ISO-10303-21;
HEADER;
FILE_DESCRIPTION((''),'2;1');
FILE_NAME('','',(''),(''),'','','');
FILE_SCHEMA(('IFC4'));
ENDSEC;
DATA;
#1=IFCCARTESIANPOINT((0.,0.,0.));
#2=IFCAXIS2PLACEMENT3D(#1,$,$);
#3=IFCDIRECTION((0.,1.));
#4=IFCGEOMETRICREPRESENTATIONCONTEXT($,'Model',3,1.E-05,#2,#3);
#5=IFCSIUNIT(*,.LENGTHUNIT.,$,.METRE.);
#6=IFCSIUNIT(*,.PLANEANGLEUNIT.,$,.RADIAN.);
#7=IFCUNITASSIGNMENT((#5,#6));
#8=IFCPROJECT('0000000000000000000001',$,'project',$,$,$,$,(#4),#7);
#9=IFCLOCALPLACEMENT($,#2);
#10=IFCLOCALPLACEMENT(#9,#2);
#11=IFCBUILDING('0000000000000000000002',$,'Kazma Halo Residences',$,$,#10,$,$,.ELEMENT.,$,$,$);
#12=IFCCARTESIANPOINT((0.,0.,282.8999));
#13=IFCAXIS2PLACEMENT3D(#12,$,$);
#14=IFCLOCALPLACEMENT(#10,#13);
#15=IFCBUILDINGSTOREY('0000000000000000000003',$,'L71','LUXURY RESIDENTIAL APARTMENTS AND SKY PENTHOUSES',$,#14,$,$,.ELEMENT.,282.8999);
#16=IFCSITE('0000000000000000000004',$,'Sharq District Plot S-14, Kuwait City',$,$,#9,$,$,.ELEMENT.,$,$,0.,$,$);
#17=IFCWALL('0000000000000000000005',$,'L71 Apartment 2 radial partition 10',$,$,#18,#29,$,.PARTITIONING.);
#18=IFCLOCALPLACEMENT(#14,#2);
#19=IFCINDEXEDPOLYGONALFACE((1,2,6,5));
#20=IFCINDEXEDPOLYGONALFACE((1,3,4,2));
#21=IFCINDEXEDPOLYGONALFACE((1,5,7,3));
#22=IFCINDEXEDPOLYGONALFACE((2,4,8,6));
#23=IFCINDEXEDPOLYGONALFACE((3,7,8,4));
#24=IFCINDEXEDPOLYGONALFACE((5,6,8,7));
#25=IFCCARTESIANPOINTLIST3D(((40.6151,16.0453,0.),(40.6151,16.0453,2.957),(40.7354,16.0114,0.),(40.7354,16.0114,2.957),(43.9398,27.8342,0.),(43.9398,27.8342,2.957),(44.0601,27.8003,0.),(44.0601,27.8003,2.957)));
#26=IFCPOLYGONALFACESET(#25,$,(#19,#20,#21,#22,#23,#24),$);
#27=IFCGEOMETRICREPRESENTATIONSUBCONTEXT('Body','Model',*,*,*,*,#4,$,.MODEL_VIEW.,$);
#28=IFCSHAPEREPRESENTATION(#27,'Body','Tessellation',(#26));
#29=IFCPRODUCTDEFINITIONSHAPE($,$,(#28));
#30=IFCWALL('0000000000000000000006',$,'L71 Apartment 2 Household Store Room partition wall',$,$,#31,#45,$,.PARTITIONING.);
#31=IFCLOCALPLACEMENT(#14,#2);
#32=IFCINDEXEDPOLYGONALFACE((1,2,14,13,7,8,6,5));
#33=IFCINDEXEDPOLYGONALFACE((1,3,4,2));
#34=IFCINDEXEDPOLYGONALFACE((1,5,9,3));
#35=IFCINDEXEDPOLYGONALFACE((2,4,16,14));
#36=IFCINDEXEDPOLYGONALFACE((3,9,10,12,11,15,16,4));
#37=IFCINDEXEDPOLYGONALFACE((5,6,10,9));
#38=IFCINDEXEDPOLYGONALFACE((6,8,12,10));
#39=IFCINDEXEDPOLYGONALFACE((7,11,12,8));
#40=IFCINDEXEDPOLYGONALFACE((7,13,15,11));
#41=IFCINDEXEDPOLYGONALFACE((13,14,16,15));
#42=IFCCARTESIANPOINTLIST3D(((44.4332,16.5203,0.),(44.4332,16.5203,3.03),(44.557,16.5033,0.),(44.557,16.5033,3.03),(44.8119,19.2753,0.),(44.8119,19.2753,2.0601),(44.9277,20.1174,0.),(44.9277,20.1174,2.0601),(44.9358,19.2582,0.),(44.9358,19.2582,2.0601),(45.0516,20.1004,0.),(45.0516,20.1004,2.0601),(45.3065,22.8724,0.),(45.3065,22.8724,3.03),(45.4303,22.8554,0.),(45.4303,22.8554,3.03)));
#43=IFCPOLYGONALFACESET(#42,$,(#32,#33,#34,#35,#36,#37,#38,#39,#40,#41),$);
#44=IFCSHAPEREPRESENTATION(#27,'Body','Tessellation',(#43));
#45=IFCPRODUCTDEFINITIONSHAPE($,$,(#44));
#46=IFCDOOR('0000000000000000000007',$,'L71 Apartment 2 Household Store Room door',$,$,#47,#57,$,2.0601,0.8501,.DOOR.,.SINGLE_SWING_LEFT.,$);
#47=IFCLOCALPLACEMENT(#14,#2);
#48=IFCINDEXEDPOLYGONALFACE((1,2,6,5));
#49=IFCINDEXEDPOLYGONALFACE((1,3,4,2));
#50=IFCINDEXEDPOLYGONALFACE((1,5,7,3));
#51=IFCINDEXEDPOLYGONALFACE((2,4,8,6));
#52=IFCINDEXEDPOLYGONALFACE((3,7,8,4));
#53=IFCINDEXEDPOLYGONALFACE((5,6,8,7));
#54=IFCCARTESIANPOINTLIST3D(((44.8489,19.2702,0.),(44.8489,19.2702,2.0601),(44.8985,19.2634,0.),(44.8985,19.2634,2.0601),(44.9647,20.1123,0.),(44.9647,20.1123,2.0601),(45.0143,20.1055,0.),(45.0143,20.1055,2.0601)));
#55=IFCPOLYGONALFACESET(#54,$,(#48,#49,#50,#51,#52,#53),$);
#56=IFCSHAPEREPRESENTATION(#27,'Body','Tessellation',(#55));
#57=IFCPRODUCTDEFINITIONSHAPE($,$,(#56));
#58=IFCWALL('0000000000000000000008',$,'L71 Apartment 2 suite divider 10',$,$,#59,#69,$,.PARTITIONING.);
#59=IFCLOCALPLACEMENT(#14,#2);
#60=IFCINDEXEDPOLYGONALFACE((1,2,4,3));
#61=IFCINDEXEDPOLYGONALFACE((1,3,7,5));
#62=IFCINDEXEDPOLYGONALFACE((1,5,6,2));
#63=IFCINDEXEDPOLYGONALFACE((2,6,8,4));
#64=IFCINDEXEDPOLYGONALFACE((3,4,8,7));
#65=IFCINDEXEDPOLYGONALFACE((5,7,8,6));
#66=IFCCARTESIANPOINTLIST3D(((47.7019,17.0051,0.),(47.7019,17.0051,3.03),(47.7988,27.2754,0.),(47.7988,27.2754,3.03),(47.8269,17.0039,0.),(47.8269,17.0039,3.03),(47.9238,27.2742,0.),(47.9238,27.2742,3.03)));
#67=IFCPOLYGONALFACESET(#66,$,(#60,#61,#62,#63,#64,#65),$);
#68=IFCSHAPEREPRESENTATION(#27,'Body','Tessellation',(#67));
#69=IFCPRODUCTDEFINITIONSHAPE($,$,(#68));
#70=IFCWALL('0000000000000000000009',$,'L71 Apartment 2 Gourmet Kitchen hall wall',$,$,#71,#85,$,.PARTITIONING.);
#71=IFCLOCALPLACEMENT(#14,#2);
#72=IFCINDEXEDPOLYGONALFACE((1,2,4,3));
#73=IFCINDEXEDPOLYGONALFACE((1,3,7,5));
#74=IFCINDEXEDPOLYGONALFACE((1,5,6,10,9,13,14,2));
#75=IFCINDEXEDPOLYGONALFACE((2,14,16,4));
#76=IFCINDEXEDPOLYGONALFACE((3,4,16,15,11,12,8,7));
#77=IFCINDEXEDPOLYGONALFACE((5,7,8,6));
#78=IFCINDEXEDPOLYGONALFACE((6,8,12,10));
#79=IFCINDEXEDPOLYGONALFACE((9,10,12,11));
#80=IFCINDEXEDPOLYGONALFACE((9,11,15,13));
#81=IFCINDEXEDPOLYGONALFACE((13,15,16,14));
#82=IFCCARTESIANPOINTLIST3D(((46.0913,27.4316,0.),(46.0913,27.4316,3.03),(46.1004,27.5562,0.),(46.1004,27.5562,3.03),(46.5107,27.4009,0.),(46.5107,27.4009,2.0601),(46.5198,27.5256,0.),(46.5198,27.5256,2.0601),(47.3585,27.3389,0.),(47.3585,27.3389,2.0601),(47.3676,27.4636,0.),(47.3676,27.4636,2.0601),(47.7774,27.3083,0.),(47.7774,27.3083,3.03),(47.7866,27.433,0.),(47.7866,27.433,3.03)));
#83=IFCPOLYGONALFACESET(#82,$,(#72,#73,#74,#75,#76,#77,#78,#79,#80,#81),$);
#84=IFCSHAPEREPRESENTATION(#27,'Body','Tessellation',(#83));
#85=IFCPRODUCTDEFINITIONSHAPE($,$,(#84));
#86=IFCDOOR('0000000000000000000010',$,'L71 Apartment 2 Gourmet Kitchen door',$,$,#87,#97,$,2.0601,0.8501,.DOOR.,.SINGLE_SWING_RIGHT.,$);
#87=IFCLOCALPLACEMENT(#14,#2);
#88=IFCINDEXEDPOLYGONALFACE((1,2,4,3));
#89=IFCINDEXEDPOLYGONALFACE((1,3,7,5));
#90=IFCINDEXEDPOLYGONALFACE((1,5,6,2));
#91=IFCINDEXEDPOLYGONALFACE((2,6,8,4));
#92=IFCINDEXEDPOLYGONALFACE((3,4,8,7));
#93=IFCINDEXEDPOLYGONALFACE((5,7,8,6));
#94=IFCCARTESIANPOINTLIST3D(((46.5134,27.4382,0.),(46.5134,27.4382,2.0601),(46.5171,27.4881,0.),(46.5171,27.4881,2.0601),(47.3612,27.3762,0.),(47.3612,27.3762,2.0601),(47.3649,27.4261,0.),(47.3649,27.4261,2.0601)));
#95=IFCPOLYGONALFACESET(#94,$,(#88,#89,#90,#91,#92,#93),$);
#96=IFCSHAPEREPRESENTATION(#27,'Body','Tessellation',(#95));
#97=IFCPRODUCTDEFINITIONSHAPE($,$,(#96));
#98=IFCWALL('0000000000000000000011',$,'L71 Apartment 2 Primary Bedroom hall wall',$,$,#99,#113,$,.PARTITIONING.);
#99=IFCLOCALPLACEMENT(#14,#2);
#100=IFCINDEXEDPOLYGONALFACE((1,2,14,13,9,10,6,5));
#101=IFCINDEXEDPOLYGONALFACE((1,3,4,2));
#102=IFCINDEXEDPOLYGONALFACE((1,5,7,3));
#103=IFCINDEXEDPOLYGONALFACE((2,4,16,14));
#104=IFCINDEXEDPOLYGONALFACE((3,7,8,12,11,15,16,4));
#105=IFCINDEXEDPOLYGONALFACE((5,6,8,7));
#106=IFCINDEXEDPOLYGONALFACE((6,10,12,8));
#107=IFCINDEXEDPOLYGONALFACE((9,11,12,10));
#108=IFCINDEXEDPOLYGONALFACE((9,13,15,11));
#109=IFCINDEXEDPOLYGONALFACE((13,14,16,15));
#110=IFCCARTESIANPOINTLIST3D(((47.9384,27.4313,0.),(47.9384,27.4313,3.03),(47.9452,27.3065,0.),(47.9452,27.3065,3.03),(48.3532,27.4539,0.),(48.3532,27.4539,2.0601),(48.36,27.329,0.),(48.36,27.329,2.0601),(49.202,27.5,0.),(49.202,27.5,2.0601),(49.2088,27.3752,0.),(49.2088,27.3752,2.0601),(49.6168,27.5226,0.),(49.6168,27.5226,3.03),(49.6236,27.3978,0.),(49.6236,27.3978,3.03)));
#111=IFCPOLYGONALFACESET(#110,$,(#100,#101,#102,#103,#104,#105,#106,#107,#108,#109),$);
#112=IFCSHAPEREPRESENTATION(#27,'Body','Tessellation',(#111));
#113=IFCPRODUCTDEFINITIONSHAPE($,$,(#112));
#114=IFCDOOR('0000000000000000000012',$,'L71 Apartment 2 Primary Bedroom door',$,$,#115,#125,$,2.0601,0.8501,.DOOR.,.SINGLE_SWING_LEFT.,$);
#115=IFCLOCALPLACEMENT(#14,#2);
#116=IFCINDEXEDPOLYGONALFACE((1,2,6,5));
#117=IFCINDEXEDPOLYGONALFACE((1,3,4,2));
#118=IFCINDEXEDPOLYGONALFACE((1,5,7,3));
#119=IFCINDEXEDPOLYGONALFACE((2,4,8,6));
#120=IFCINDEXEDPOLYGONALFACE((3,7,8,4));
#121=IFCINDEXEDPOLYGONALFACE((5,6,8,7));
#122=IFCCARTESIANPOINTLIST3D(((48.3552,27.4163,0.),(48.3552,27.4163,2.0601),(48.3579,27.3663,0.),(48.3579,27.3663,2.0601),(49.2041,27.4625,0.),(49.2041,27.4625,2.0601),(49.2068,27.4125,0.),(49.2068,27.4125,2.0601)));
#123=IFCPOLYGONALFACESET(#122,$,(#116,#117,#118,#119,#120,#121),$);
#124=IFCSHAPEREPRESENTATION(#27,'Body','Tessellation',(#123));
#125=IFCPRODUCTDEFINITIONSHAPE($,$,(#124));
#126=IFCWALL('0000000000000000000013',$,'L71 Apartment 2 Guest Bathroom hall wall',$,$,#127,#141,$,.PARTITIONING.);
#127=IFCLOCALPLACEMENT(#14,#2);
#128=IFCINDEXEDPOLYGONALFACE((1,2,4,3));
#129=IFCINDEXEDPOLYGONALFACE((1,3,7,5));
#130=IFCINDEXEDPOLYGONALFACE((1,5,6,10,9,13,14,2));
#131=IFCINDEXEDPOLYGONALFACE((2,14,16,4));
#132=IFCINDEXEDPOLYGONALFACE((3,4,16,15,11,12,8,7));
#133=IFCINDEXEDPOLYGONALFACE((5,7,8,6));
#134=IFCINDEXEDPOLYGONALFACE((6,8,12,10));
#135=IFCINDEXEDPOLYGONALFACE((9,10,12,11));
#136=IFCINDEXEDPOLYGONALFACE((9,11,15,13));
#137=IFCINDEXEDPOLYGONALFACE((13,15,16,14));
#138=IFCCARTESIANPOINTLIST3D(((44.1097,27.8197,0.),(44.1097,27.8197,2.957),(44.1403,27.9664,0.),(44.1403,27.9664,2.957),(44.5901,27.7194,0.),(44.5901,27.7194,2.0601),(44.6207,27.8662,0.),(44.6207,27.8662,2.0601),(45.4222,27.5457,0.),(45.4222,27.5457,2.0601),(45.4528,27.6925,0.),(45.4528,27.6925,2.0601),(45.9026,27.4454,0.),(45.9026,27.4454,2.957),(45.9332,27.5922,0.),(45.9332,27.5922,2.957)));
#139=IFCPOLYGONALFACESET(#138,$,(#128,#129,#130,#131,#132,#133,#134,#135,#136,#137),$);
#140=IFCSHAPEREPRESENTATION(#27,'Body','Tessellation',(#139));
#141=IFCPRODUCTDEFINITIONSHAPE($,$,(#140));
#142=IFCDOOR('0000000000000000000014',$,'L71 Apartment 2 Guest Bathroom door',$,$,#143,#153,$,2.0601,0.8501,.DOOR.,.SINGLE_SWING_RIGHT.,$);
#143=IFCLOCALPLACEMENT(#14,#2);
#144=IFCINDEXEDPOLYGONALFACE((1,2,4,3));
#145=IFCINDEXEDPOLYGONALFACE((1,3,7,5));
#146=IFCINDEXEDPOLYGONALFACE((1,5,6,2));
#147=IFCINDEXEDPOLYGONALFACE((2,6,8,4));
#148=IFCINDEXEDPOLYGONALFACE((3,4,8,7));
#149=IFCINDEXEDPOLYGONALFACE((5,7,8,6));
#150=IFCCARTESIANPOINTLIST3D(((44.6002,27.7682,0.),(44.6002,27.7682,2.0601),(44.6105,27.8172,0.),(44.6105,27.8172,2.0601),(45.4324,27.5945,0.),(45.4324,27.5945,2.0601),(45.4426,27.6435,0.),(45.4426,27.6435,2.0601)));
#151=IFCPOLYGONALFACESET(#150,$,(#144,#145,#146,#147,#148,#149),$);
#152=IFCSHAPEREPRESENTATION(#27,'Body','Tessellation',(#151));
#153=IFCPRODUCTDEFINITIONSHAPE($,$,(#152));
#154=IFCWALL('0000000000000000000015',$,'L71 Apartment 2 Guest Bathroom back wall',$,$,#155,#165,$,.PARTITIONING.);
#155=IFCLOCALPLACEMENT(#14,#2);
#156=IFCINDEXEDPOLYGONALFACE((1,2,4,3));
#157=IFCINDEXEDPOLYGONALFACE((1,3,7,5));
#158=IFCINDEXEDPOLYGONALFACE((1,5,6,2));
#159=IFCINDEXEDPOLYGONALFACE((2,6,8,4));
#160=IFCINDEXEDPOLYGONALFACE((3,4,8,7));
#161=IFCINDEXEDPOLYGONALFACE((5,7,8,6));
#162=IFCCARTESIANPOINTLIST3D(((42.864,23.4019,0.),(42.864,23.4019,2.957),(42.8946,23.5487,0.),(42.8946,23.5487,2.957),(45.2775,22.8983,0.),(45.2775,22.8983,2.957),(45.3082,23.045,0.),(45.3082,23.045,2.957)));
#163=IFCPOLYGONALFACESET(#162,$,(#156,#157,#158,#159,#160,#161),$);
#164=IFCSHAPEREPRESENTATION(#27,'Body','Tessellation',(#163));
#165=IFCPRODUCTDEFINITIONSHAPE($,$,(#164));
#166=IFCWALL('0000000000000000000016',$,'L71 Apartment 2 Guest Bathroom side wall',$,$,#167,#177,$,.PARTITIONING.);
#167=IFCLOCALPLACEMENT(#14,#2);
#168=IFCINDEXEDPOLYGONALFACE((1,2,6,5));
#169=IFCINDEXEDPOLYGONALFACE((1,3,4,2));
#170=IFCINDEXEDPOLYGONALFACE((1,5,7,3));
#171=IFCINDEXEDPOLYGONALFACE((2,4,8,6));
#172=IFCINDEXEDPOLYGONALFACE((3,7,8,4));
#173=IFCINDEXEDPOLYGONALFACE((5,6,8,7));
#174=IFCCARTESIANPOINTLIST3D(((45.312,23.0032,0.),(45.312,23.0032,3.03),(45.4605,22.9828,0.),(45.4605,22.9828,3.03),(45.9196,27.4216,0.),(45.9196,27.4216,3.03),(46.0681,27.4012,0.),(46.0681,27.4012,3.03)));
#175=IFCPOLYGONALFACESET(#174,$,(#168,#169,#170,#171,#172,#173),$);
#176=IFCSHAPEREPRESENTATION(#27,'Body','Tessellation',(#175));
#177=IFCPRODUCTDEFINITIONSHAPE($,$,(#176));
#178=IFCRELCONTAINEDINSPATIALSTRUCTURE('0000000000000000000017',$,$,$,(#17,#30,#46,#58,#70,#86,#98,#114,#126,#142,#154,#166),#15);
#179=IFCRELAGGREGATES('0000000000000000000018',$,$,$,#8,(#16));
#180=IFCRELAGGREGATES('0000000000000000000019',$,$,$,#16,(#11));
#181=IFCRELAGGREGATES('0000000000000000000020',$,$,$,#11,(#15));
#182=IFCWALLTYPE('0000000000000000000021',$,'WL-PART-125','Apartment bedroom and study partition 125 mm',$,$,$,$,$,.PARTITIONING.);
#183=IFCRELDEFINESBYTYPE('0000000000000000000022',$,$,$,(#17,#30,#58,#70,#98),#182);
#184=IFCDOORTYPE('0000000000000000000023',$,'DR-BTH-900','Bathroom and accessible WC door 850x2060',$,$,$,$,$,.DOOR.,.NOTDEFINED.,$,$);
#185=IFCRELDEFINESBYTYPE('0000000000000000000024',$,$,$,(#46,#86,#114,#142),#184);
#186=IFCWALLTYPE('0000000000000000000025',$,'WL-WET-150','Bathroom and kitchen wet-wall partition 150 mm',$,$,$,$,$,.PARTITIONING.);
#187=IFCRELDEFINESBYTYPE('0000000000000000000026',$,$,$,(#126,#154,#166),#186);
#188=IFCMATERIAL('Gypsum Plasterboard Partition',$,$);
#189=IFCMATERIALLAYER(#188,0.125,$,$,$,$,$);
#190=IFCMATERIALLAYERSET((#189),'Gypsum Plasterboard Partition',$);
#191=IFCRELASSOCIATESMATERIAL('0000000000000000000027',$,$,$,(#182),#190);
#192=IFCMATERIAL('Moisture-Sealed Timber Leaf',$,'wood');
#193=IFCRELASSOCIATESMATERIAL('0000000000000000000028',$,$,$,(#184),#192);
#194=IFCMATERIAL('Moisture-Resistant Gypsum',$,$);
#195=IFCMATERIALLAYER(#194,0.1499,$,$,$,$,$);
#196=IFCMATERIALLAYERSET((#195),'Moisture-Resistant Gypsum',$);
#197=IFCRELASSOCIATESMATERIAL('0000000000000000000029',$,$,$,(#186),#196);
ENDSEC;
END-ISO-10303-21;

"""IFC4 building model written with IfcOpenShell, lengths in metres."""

from ifc_helpers import new_model, si_unit, direction, frame, frame_2d, origin, place, context, subcontext, project, spatial, rectangle, extrude, material, layer, layer_set, type_object, element, fill, save


model = new_model("IFC4")

# Units and contexts
model_context = context("Model", 3, precision=1e-05, world=origin(), true_north=direction((0.0, 1.0)))
body_context = subcontext(model_context, "Body", "Model", "MODEL_VIEW")
ifc_project = project(units=[si_unit("LENGTHUNIT", "METRE"), si_unit("PLANEANGLEUNIT", "RADIAN")], contexts=[model_context])

# Site, building, storey
site_placement = place(None, origin())
site = spatial("IfcSite", under=ifc_project, at=site_placement, Name="Sharq District Plot S-14, Kuwait City", CompositionType="ELEMENT", RefElevation=0.0)
building_placement = place(site_placement, origin())
building = spatial("IfcBuilding", under=site, at=building_placement, Name="Kazma Halo Residences", CompositionType="ELEMENT")
storey_placement = place(building_placement, frame((0.0, 0.0, 282.8999)))
storey = spatial("IfcBuildingStorey", under=building, at=storey_placement, Name="L71", Description="LUXURY RESIDENTIAL APARTMENTS AND SKY PENTHOUSES", CompositionType="ELEMENT", Elevation=282.8999)

# Wall
ifc_material_1 = material(Name="Gypsum Plasterboard Partition")
ifc_layer_1 = layer(ifc_material_1, 0.125)
ifc_layer_set_1 = layer_set([ifc_layer_1], Name="Gypsum Plasterboard Partition")
wall_type_1 = type_object("IfcWallType", Name="WL-PART-125", Description="Apartment bedroom and study partition 125 mm", PredefinedType="PARTITIONING", material=ifc_layer_set_1)
wall_1_placement = place(storey_placement, frame((44.0, 27.8174, 0.0), z_axis=(0.0, 0.0, 1.0), x_axis=(-0.271434, -0.962457, 0.0)))
element("IfcWall", 1, at=wall_1_placement, inside=storey, type_object=wall_type_1, Name="L71 Apartment 2 radial partition 10", PredefinedType="PARTITIONING", context=body_context, shape_type="SweptSolid", body=[
    extrude(rectangle(XDim=12.2488, YDim=0.125, at=frame_2d((6.1245, 0.0))), origin(), (0.0, 0.0, 1.0), 2.957),
])

# Wall, opening, door
wall_2_placement = place(storey_placement, frame((45.3684, 22.864, 0.0), z_axis=(0.0, 0.0, 1.0), x_axis=(-0.136201, -0.990681, 0.0)))
wall_2 = element("IfcWall", 2, at=wall_2_placement, inside=storey, type_object=wall_type_1, Name="L71 Apartment 2 Household Store Room partition wall", PredefinedType="PARTITIONING", context=body_context, shape_type="SweptSolid", body=[
    extrude(rectangle(XDim=6.4119, YDim=0.125, at=frame_2d((3.2061, 0.0))), origin(), (0.0, 0.0, 1.0), 3.03),
])
opening_1_placement = place(wall_2_placement, frame((2.781, 0.0, 0.0)))
opening_1 = element("IfcOpeningElement", 3, at=opening_1_placement, cuts=wall_2, PredefinedType="OPENING", context=body_context, shape_type="SweptSolid", body=[
    extrude(rectangle(XDim=0.8501, YDim=2.0601, at=frame_2d((0.425, 1.03))), frame((0.0, 0.0725, 0.0), z_axis=(0.0, -1.0, 0.0), x_axis=(1.0, 0.0, 0.0)), (0.0, 0.0, 1.0), 0.145),
])
ifc_material_2 = material(Name="Moisture-Sealed Timber Leaf", Category="wood")
door_type = type_object("IfcDoorType", Name="DR-BTH-900", Description="Bathroom and accessible WC door 850x2060", OperationType="NOTDEFINED", PredefinedType="DOOR", material=ifc_material_2)
door_1_placement = place(opening_1_placement, origin())
door_1 = element("IfcDoor", 4, at=door_1_placement, inside=storey, type_object=door_type, Name="L71 Apartment 2 Household Store Room door", OperationType="SINGLE_SWING_LEFT", OverallHeight=2.0601, OverallWidth=0.8501, PredefinedType="DOOR", context=body_context, shape_type="SweptSolid", body=[
    extrude(rectangle(XDim=0.8501, YDim=2.0601, at=frame_2d((0.425, 1.03))), frame((0.0, 0.0249, 0.0), z_axis=(0.0, -1.0, 0.0), x_axis=(1.0, 0.0, 0.0)), (0.0, 0.0, 1.0), 0.05),
])
fill(opening_1, door_1)

# Wall
wall_3_placement = place(storey_placement, frame((47.8613, 27.2747, 0.0), z_axis=(0.0, 0.0, 1.0), x_axis=(-0.009437, -0.999955, 0.0)))
element("IfcWall", 5, at=wall_3_placement, inside=storey, type_object=wall_type_1, Name="L71 Apartment 2 suite divider 10", PredefinedType="PARTITIONING", context=body_context, shape_type="SweptSolid", body=[
    extrude(rectangle(XDim=10.2708, YDim=0.125, at=frame_2d((5.1353, 0.0))), origin(), (0.0, 0.0, 1.0), 3.03),
])

# Walls, openings, doors
wall_4_placement = place(storey_placement, frame((46.0959, 27.4939, 0.0), z_axis=(0.0, 0.0, 1.0), x_axis=(0.997338, -0.07292, 0.0)))
wall_4 = element("IfcWall", 6, at=wall_4_placement, inside=storey, type_object=wall_type_1, Name="L71 Apartment 2 Gourmet Kitchen hall wall", PredefinedType="PARTITIONING", context=body_context, shape_type="SweptSolid", body=[
    extrude(rectangle(XDim=1.6907, YDim=0.125, at=frame_2d((0.8452, 0.0))), origin(), (0.0, 0.0, 1.0), 3.03),
])
opening_2_placement = place(wall_4_placement, frame((0.4204, 0.0, 0.0)))
opening_2 = element("IfcOpeningElement", 7, at=opening_2_placement, cuts=wall_4, PredefinedType="OPENING", context=body_context, shape_type="SweptSolid", body=[
    extrude(rectangle(XDim=0.8501, YDim=2.0601, at=frame_2d((0.425, 1.03))), frame((0.0, 0.0725, 0.0), z_axis=(0.0, -1.0, 0.0), x_axis=(1.0, 0.0, 0.0)), (0.0, 0.0, 1.0), 0.145),
])
door_2_placement = place(opening_2_placement, origin())
door_2 = element("IfcDoor", 8, at=door_2_placement, inside=storey, type_object=door_type, Name="L71 Apartment 2 Gourmet Kitchen door", OperationType="SINGLE_SWING_RIGHT", OverallHeight=2.0601, OverallWidth=0.8501, PredefinedType="DOOR", context=body_context, shape_type="SweptSolid", body=[
    extrude(rectangle(XDim=0.8501, YDim=2.0601, at=frame_2d((0.425, 1.03))), frame((0.0, 0.0249, 0.0), z_axis=(0.0, -1.0, 0.0), x_axis=(1.0, 0.0, 0.0)), (0.0, 0.0, 1.0), 0.05),
])
fill(opening_2, door_2)
wall_5_placement = place(storey_placement, frame((47.9419, 27.3689, 0.0), z_axis=(0.0, 0.0, 1.0), x_axis=(0.998524, 0.05432, 0.0)))
wall_5 = element("IfcWall", 9, at=wall_5_placement, inside=storey, type_object=wall_type_1, Name="L71 Apartment 2 Primary Bedroom hall wall", PredefinedType="PARTITIONING", context=body_context, shape_type="SweptSolid", body=[
    extrude(rectangle(XDim=1.6809, YDim=0.125, at=frame_2d((0.8403, 0.0))), origin(), (0.0, 0.0, 1.0), 3.03),
])
opening_3_placement = place(wall_5_placement, frame((0.4153, 0.0, 0.0)))
opening_3 = element("IfcOpeningElement", 10, at=opening_3_placement, cuts=wall_5, PredefinedType="OPENING", context=body_context, shape_type="SweptSolid", body=[
    extrude(rectangle(XDim=0.8501, YDim=2.0601, at=frame_2d((0.425, 1.03))), frame((0.0, 0.0725, 0.0), z_axis=(0.0, -1.0, 0.0), x_axis=(1.0, 0.0, 0.0)), (0.0, 0.0, 1.0), 0.145),
])
door_3_placement = place(opening_3_placement, origin())
door_3 = element("IfcDoor", 11, at=door_3_placement, inside=storey, type_object=door_type, Name="L71 Apartment 2 Primary Bedroom door", OperationType="SINGLE_SWING_LEFT", OverallHeight=2.0601, OverallWidth=0.8501, PredefinedType="DOOR", context=body_context, shape_type="SweptSolid", body=[
    extrude(rectangle(XDim=0.8501, YDim=2.0601, at=frame_2d((0.425, 1.03))), frame((0.0, 0.0249, 0.0), z_axis=(0.0, -1.0, 0.0), x_axis=(1.0, 0.0, 0.0)), (0.0, 0.0, 1.0), 0.05),
])
fill(opening_3, door_3)
ifc_material_3 = material(Name="Moisture-Resistant Gypsum")
ifc_layer_2 = layer(ifc_material_3, 0.1499)
ifc_layer_set_2 = layer_set([ifc_layer_2], Name="Moisture-Resistant Gypsum")
wall_type_2 = type_object("IfcWallType", Name="WL-WET-150", Description="Bathroom and kitchen wet-wall partition 150 mm", PredefinedType="PARTITIONING", material=ifc_layer_set_2)
wall_6_placement = place(storey_placement, frame((44.125, 27.8931, 0.0), z_axis=(0.0, 0.0, 1.0), x_axis=(0.978901, -0.204337, 0.0)))
wall_6 = element("IfcWall", 12, at=wall_6_placement, inside=storey, type_object=wall_type_2, Name="L71 Apartment 2 Guest Bathroom hall wall", PredefinedType="PARTITIONING", context=body_context, shape_type="SweptSolid", body=[
    extrude(rectangle(XDim=1.8315, YDim=0.1499, at=frame_2d((0.9158, 0.0))), origin(), (0.0, 0.0, 1.0), 2.957),
])
opening_4_placement = place(wall_6_placement, frame((0.4907, 0.0, 0.0)))
opening_4 = element("IfcOpeningElement", 13, at=opening_4_placement, cuts=wall_6, PredefinedType="OPENING", context=body_context, shape_type="SweptSolid", body=[
    extrude(rectangle(XDim=0.8501, YDim=2.0601, at=frame_2d((0.425, 1.03))), frame((0.0, 0.085, 0.0), z_axis=(0.0, -1.0, 0.0), x_axis=(1.0, 0.0, 0.0)), (0.0, 0.0, 1.0), 0.1699),
])
door_4_placement = place(opening_4_placement, origin())
door_4 = element("IfcDoor", 14, at=door_4_placement, inside=storey, type_object=door_type, Name="L71 Apartment 2 Guest Bathroom door", OperationType="SINGLE_SWING_RIGHT", OverallHeight=2.0601, OverallWidth=0.8501, PredefinedType="DOOR", context=body_context, shape_type="SweptSolid", body=[
    extrude(rectangle(XDim=0.8501, YDim=2.0601, at=frame_2d((0.425, 1.03))), frame((0.0, 0.0249, 0.0), z_axis=(0.0, -1.0, 0.0), x_axis=(1.0, 0.0, 0.0)), (0.0, 0.0, 1.0), 0.05),
])
fill(opening_4, door_4)

# Walls
wall_7_placement = place(storey_placement, frame((42.8792, 23.4753, 0.0), z_axis=(0.0, 0.0, 1.0), x_axis=(0.978913, -0.204278, 0.0)))
element("IfcWall", 15, at=wall_7_placement, inside=storey, type_object=wall_type_2, Name="L71 Apartment 2 Guest Bathroom back wall", PredefinedType="PARTITIONING", context=body_context, shape_type="SweptSolid", body=[
    extrude(rectangle(XDim=2.4656, YDim=0.1499, at=frame_2d((1.2329, 0.0))), origin(), (0.0, 0.0, 1.0), 2.957),
])
wall_8_placement = place(storey_placement, frame((45.9939, 27.4114, 0.0), z_axis=(0.0, 0.0, 1.0), x_axis=(-0.136247, -0.990675, 0.0)))
element("IfcWall", 16, at=wall_8_placement, inside=storey, type_object=wall_type_2, Name="L71 Apartment 2 Guest Bathroom side wall", PredefinedType="PARTITIONING", context=body_context, shape_type="SweptSolid", body=[
    extrude(rectangle(XDim=4.46, YDim=0.1499, at=frame_2d((2.23, 0.0))), origin(), (0.0, 0.0, 1.0), 3.03),
])

save(model, "model.ifc")
